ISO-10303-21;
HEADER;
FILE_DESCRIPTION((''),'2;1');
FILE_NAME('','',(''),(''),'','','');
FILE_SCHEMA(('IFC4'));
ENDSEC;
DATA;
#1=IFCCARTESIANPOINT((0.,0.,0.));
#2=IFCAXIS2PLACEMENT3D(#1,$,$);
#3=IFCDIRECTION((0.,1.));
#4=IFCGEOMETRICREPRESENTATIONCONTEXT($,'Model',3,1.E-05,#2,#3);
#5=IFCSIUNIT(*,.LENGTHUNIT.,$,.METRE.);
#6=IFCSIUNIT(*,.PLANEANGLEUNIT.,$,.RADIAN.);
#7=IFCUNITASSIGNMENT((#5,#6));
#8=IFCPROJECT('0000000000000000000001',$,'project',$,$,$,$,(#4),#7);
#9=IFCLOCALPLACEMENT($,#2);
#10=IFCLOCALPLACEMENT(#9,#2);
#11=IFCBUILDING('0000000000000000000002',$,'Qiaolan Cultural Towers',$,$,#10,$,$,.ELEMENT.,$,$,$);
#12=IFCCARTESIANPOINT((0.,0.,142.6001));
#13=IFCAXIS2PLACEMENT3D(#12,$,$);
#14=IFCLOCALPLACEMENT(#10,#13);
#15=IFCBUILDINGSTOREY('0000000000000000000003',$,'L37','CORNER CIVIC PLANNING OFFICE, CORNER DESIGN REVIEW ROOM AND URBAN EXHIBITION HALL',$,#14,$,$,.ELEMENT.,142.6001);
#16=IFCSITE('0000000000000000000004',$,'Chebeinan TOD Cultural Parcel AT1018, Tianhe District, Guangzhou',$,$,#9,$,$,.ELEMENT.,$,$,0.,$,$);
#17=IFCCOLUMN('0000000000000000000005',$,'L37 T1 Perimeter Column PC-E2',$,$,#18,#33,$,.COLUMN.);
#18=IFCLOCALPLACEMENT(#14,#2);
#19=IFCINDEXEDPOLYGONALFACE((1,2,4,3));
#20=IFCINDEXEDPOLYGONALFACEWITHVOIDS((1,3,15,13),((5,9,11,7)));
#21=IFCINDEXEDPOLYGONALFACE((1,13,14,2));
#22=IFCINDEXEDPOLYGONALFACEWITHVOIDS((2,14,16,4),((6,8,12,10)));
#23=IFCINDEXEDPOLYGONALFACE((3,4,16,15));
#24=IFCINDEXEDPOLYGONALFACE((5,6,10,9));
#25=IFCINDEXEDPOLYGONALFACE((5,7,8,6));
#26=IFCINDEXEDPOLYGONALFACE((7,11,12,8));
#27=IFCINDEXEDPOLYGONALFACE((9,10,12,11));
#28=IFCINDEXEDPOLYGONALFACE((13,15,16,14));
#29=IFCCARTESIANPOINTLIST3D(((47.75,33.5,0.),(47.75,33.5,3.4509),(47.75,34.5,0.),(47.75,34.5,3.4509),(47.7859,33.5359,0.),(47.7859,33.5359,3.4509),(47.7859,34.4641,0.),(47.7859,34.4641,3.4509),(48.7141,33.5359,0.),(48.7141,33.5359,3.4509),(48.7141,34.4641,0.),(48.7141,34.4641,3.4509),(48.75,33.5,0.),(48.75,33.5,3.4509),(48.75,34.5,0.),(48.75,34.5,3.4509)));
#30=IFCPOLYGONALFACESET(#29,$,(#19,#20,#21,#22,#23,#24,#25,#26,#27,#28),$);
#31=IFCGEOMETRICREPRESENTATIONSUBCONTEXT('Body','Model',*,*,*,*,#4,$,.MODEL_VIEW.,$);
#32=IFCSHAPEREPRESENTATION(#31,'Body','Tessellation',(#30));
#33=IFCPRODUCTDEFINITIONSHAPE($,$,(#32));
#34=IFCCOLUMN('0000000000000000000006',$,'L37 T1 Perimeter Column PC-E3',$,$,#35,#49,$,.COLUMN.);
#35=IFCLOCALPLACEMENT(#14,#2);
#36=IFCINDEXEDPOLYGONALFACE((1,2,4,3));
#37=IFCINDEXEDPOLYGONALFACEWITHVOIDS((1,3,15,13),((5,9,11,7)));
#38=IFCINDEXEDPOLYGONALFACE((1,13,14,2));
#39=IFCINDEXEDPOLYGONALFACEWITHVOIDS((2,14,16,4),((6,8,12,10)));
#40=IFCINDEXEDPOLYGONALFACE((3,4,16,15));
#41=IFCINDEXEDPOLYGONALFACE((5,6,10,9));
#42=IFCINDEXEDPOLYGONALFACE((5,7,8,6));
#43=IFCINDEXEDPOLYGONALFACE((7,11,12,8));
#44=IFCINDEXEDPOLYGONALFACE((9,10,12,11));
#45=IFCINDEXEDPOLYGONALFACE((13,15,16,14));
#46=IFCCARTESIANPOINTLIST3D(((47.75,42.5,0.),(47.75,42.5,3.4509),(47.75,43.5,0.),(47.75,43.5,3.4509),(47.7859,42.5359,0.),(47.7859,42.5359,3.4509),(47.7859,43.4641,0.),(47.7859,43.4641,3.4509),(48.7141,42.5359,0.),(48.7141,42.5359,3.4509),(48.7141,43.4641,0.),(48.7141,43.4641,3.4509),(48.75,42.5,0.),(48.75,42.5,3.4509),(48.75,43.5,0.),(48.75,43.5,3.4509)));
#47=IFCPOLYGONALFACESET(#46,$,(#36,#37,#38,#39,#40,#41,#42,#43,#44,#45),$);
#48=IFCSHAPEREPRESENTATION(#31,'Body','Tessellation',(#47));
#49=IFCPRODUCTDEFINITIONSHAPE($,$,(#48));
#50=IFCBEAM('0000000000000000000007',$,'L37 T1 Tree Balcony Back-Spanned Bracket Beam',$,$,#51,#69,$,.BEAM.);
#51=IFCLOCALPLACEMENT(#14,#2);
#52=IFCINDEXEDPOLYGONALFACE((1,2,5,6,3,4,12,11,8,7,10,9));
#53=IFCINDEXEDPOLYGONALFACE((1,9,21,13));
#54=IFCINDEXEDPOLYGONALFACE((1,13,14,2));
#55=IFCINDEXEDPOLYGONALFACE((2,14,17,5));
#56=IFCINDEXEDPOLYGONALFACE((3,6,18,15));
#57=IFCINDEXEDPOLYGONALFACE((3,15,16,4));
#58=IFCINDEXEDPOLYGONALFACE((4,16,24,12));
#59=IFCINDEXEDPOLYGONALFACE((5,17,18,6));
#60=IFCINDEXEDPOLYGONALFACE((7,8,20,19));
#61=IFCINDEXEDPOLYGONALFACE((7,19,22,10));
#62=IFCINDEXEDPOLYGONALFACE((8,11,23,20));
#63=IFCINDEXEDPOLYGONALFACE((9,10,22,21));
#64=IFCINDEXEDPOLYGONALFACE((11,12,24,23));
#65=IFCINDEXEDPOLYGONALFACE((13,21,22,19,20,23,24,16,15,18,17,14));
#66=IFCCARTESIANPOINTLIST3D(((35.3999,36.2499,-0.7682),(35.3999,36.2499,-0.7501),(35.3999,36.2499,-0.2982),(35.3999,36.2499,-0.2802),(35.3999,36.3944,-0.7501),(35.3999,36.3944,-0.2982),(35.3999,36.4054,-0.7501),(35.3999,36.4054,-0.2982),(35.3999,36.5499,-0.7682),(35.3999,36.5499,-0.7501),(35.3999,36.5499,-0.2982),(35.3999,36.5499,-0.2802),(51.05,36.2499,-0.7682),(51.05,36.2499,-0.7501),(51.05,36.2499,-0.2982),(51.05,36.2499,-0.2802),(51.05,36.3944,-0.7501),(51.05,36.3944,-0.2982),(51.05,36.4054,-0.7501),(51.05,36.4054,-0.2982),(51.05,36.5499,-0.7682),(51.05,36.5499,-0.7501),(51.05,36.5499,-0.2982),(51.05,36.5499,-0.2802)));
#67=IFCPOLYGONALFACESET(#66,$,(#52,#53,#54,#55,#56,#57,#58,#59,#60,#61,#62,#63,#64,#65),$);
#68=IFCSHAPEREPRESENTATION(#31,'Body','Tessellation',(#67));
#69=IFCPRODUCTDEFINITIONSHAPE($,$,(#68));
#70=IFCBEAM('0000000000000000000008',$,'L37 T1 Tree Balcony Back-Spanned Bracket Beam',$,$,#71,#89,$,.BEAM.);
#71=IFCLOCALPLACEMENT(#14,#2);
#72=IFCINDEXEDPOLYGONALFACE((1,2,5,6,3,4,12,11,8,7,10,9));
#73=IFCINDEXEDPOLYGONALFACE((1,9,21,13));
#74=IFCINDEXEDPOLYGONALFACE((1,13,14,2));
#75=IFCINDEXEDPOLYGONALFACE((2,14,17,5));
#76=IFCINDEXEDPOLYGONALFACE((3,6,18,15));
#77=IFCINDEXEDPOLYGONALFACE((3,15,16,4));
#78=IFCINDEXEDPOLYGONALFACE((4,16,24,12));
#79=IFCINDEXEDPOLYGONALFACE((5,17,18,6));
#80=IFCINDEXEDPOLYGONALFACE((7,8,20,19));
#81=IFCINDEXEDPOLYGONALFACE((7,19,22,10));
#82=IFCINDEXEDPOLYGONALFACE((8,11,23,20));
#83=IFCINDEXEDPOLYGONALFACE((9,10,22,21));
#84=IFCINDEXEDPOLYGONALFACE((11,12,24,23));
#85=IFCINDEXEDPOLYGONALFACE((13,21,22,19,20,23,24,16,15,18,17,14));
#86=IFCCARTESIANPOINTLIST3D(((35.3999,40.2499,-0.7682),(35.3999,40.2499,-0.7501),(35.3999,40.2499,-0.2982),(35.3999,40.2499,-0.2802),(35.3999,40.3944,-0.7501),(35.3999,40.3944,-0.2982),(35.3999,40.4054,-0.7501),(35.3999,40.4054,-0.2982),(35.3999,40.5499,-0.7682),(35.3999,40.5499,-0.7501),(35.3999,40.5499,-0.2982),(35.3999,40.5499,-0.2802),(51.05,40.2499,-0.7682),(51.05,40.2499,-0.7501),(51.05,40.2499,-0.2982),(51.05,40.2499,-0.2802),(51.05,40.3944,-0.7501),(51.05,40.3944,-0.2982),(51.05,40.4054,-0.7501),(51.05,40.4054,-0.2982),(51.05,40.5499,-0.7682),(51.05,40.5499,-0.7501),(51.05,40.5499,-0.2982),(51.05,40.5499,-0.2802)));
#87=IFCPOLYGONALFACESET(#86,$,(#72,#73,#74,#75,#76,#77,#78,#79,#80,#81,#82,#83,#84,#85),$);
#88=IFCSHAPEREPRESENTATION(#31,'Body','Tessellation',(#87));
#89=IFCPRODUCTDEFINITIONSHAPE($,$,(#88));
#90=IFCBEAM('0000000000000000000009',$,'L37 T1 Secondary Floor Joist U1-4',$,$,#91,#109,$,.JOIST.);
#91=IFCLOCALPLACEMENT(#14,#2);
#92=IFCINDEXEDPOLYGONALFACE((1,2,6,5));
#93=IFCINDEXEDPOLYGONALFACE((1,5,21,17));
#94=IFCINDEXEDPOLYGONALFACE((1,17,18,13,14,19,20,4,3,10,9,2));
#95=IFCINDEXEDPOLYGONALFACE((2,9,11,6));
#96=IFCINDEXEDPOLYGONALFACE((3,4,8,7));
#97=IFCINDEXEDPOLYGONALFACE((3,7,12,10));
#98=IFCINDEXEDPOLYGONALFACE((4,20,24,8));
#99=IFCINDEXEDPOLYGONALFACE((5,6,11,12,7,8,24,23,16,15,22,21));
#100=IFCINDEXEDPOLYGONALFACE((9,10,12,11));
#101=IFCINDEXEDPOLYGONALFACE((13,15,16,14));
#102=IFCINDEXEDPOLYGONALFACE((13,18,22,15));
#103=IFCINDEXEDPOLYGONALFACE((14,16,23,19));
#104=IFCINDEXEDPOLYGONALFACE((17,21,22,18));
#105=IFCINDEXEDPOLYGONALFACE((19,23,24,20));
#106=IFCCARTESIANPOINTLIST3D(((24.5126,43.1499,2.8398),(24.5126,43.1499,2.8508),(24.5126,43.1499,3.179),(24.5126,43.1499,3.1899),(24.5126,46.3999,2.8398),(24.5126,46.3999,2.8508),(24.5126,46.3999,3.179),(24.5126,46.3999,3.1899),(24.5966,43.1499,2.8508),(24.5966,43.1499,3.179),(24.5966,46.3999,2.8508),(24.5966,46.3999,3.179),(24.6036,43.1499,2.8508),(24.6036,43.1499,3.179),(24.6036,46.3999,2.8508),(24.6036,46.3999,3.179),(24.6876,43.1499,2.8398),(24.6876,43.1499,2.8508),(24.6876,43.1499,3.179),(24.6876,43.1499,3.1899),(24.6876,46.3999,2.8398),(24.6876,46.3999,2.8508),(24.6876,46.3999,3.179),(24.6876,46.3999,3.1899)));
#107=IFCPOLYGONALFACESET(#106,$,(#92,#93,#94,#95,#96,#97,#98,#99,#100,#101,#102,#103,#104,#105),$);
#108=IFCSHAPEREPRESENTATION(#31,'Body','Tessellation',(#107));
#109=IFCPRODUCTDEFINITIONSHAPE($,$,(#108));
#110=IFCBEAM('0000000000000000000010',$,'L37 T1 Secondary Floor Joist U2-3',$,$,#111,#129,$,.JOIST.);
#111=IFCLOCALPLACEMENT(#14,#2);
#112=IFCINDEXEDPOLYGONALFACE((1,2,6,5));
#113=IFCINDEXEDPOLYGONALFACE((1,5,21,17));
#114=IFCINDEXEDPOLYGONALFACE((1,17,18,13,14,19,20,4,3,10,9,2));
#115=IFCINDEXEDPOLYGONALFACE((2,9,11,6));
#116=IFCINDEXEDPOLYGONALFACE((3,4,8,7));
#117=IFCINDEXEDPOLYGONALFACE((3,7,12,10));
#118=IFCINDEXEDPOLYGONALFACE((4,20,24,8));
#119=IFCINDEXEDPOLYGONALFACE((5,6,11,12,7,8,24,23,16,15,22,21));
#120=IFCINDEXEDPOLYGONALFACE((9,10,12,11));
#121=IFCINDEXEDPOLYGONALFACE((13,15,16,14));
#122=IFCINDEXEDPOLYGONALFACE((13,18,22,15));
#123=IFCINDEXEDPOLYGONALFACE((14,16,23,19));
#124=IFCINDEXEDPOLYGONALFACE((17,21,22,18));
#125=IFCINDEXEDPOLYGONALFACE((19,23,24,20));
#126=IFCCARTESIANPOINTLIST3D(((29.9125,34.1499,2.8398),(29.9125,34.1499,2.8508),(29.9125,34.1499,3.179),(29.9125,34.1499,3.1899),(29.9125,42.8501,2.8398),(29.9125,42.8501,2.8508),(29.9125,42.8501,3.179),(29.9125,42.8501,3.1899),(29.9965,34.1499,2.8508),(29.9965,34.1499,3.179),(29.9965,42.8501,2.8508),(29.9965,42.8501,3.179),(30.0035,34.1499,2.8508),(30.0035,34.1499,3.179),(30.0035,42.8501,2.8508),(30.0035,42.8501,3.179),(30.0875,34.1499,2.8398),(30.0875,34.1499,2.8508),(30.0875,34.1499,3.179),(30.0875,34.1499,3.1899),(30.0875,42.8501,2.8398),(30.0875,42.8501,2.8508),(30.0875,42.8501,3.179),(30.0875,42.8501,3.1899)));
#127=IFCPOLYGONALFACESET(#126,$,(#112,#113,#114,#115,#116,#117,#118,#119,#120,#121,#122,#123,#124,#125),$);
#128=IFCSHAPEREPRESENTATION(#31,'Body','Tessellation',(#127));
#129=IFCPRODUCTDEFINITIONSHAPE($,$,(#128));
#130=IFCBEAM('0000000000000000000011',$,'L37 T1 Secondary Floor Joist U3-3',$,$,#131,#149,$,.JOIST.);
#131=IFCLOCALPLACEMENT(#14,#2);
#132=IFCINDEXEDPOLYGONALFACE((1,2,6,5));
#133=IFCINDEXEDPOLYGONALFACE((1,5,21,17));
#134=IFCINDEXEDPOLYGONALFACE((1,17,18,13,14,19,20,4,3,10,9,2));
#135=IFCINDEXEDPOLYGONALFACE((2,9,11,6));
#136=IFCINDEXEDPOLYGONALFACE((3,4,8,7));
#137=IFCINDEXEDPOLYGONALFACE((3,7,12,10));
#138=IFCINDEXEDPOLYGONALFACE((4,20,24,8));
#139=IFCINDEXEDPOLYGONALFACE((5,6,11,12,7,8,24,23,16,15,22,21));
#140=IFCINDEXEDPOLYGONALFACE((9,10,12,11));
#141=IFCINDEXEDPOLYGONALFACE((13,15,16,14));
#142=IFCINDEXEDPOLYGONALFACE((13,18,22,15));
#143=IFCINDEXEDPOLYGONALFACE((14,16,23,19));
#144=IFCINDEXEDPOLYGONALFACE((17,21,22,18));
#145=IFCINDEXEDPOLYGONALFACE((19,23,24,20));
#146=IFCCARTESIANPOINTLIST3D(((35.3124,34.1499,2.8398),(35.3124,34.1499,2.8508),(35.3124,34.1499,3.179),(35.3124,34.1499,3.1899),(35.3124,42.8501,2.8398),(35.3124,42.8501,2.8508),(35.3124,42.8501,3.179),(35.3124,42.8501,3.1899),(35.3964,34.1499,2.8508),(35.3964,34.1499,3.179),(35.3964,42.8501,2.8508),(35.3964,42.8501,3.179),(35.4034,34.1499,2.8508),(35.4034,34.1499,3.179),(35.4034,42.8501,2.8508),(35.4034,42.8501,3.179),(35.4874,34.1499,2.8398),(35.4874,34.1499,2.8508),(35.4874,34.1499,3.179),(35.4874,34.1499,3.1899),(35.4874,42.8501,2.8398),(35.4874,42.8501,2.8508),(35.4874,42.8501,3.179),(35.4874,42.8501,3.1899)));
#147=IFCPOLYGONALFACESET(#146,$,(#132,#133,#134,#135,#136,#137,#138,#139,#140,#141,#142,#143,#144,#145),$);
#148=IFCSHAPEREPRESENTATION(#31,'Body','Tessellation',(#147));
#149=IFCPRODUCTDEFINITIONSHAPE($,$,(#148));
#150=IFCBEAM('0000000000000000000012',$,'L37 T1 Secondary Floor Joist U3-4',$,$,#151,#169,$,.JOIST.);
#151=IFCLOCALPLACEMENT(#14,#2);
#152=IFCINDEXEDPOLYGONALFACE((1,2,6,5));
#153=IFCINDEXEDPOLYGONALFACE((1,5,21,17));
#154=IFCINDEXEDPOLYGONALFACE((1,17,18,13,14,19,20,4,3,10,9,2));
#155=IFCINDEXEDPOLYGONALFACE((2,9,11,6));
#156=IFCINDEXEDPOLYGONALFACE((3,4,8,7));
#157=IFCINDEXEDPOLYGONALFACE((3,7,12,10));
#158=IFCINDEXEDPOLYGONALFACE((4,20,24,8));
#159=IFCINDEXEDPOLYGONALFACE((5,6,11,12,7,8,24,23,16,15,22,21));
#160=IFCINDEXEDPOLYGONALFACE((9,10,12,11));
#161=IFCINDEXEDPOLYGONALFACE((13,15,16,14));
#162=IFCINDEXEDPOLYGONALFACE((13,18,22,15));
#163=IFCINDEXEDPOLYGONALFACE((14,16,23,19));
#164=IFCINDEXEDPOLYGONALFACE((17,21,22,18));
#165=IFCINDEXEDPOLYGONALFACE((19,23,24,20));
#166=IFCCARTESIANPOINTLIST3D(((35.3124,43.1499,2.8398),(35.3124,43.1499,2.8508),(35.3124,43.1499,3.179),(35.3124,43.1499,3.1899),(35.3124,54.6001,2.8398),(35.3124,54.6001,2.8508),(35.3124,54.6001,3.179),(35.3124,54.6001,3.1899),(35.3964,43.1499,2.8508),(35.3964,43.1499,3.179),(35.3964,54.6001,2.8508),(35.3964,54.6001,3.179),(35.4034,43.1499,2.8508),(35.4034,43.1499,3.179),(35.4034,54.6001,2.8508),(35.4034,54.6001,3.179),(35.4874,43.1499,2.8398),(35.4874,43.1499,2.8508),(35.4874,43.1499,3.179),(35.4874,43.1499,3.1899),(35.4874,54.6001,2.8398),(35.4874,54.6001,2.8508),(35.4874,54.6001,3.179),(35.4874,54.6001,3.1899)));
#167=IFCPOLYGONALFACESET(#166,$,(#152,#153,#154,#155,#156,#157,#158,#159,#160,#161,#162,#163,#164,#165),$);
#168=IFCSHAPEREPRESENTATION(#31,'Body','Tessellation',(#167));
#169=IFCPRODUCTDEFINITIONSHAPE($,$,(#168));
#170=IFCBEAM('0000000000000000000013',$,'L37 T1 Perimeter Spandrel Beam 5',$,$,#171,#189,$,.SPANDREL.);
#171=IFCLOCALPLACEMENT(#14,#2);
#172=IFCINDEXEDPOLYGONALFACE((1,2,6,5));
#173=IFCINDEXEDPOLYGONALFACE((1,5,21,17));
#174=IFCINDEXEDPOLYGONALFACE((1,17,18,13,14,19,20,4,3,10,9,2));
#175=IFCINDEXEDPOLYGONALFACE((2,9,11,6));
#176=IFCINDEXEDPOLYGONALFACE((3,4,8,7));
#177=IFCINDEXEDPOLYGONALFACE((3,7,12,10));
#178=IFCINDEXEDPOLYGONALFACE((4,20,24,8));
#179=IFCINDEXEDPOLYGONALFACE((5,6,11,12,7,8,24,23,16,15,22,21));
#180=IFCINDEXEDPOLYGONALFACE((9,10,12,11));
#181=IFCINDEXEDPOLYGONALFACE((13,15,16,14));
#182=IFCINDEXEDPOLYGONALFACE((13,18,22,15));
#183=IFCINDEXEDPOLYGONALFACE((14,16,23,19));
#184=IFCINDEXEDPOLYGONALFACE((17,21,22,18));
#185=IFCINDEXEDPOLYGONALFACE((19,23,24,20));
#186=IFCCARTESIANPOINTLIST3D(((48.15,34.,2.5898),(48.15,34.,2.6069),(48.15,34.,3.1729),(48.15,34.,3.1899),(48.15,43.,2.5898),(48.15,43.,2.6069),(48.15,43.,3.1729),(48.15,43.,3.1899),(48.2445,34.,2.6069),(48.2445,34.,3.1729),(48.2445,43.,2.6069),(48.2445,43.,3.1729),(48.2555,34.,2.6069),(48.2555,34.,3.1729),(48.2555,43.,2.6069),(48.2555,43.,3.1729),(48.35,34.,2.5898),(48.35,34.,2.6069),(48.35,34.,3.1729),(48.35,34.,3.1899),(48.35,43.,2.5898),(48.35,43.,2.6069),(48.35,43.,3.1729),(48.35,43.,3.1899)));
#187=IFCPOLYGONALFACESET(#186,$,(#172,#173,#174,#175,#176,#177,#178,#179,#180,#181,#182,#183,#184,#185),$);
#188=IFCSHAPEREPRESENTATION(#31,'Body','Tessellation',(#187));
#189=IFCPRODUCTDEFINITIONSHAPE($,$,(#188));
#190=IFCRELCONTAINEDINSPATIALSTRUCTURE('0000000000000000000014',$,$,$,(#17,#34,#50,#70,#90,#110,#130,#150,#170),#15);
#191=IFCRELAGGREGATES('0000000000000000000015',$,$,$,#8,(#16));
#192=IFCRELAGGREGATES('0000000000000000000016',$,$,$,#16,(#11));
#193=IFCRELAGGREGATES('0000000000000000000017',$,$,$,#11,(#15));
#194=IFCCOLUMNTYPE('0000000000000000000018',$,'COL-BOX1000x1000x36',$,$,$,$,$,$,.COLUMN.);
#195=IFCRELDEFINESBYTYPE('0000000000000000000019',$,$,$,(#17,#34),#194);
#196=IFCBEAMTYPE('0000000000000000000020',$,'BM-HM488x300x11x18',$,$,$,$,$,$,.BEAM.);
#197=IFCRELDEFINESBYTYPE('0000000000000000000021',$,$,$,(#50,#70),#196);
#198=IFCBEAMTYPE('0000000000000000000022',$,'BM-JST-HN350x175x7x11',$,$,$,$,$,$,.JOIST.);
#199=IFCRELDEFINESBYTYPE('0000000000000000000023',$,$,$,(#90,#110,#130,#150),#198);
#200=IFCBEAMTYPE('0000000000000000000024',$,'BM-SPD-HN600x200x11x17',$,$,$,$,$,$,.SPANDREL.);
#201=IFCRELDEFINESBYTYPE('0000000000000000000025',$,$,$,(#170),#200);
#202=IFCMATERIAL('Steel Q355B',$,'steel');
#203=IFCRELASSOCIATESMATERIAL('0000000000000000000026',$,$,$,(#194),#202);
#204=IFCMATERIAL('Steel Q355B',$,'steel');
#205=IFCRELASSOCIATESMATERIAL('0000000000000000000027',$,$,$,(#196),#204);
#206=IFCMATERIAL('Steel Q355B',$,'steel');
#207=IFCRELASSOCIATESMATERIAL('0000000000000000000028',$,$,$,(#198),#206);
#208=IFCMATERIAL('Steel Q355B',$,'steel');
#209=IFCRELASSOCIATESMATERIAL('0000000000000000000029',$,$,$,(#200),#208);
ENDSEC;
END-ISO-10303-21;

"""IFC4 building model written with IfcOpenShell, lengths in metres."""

from ifc_helpers import new_model, si_unit, direction, frame, origin, origin_2d, place, context, subcontext, project, spatial, hollow_rectangle, i_section, extrude, material, material_profile, profile_set, type_object, element, save


model = new_model("IFC4")

# Units and contexts
model_context = context("Model", 3, precision=1e-05, world=origin(), true_north=direction((0.0, 1.0)))
body_context = subcontext(model_context, "Body", "Model", "MODEL_VIEW")
ifc_project = project(units=[si_unit("LENGTHUNIT", "METRE"), si_unit("PLANEANGLEUNIT", "RADIAN")], contexts=[model_context])

# Site, building, storey
site_placement = place(None, origin())
site = spatial("IfcSite", under=ifc_project, at=site_placement, Name="Chebeinan TOD Cultural Parcel AT1018, Tianhe District, Guangzhou", CompositionType="ELEMENT", RefElevation=0.0)
building_placement = place(site_placement, origin())
building = spatial("IfcBuilding", under=site, at=building_placement, Name="Qiaolan Cultural Towers", CompositionType="ELEMENT")
storey_placement = place(building_placement, frame((0.0, 0.0, 142.6001)))
storey = spatial("IfcBuildingStorey", under=building, at=storey_placement, Name="L37", Description="CORNER CIVIC PLANNING OFFICE, CORNER DESIGN REVIEW ROOM AND URBAN EXHIBITION HALL", CompositionType="ELEMENT", Elevation=142.6001)

# Columns
ifc_material_1 = material(Name="Steel Q355B", Category="steel")
ifc_material_profile_1 = material_profile(ifc_material_1, hollow_rectangle(XDim=1.0, YDim=1.0, WallThickness=0.0359, at=origin_2d()), Name="BOX1000x1000x36")
ifc_profile_set_1 = profile_set([ifc_material_profile_1], Name="Steel Q355B")
column_type = type_object("IfcColumnType", Name="COL-BOX1000x1000x36", PredefinedType="COLUMN", material=ifc_profile_set_1)
for number, where, z_axis, x_axis, name in (
    (1, (48.25, 34.0, 0.0), (0.0, 0.0, 1.0), (1.0, 0.0, 0.0), "L37 T1 Perimeter Column PC-E2"),
    (2, (48.25, 43.0, 0.0), (0.0, 0.0, 1.0), (1.0, 0.0, 0.0), "L37 T1 Perimeter Column PC-E3"),
):
    element("IfcColumn", number, at=place(storey_placement, frame(where, z_axis=z_axis, x_axis=x_axis)), inside=storey, type_object=column_type, Name=name, PredefinedType="COLUMN", context=body_context, shape_type="SweptSolid", body=[
        extrude(hollow_rectangle(XDim=1.0, YDim=1.0, WallThickness=0.0359, at=origin_2d()), origin(), (0.0, 0.0, 1.0), 3.4509),
    ])

# Beams
ifc_material_2 = material(Name="Steel Q355B", Category="steel")
ifc_material_profile_2 = material_profile(ifc_material_2, i_section(OverallWidth=0.3, OverallDepth=0.488, WebThickness=0.011, FlangeThickness=0.0181, at=origin_2d()), Name="HM488x300x11x18")
ifc_profile_set_2 = profile_set([ifc_material_profile_2], Name="Steel Q355B")
beam_type_1 = type_object("IfcBeamType", Name="BM-HM488x300x11x18", PredefinedType="BEAM", material=ifc_profile_set_2)
for number, where, z_axis, x_axis, name in (
    (3, (35.3999, 36.3999, -0.5242), (1.0, 0.0, 0.0), (0.0, 1.0, 0.0), "L37 T1 Tree Balcony Back-Spanned Bracket Beam"),
    (4, (35.3999, 40.3999, -0.5242), (1.0, 0.0, 0.0), (0.0, 1.0, 0.0), "L37 T1 Tree Balcony Back-Spanned Bracket Beam"),
):
    element("IfcBeam", number, at=place(storey_placement, frame(where, z_axis=z_axis, x_axis=x_axis)), inside=storey, type_object=beam_type_1, Name=name, PredefinedType="BEAM", context=body_context, shape_type="SweptSolid", body=[
        extrude(i_section(OverallWidth=0.3, OverallDepth=0.488, WebThickness=0.011, FlangeThickness=0.0181, at=origin_2d()), origin(), (0.0, 0.0, 1.0), 15.6501),
    ])
ifc_material_3 = material(Name="Steel Q355B", Category="steel")
ifc_material_profile_3 = material_profile(ifc_material_3, i_section(OverallWidth=0.175, OverallDepth=0.3501, WebThickness=0.0071, FlangeThickness=0.011, at=origin_2d()), Name="HN350x175x7x11")
ifc_profile_set_3 = profile_set([ifc_material_profile_3], Name="Steel Q355B")
beam_type_2 = type_object("IfcBeamType", Name="BM-JST-HN350x175x7x11", PredefinedType="JOIST", material=ifc_profile_set_3)
beam_1_placement = place(storey_placement, frame((24.6001, 43.1499, 3.0149), z_axis=(0.0, 1.0, 0.0), x_axis=(-1.0, 0.0, 0.0)))
element("IfcBeam", 5, at=beam_1_placement, inside=storey, type_object=beam_type_2, Name="L37 T1 Secondary Floor Joist U1-4", PredefinedType="JOIST", context=body_context, shape_type="SweptSolid", body=[
    extrude(i_section(OverallWidth=0.175, OverallDepth=0.3501, WebThickness=0.0071, FlangeThickness=0.011, at=origin_2d()), origin(), (0.0, 0.0, 1.0), 3.25),
])
for number, where, z_axis, x_axis, name in (
    (6, (30.0, 34.1499, 3.0149), (0.0, 1.0, 0.0), (-1.0, 0.0, 0.0), "L37 T1 Secondary Floor Joist U2-3"),
    (7, (35.3999, 34.1499, 3.0149), (0.0, 1.0, 0.0), (-1.0, 0.0, 0.0), "L37 T1 Secondary Floor Joist U3-3"),
):
    element("IfcBeam", number, at=place(storey_placement, frame(where, z_axis=z_axis, x_axis=x_axis)), inside=storey, type_object=beam_type_2, Name=name, PredefinedType="JOIST", context=body_context, shape_type="SweptSolid", body=[
        extrude(i_section(OverallWidth=0.175, OverallDepth=0.3501, WebThickness=0.0071, FlangeThickness=0.011, at=origin_2d()), origin(), (0.0, 0.0, 1.0), 8.7002),
    ])
beam_2_placement = place(storey_placement, frame((35.3999, 43.1499, 3.0149), z_axis=(0.0, 1.0, 0.0), x_axis=(-1.0, 0.0, 0.0)))
element("IfcBeam", 8, at=beam_2_placement, inside=storey, type_object=beam_type_2, Name="L37 T1 Secondary Floor Joist U3-4", PredefinedType="JOIST", context=body_context, shape_type="SweptSolid", body=[
    extrude(i_section(OverallWidth=0.175, OverallDepth=0.3501, WebThickness=0.0071, FlangeThickness=0.011, at=origin_2d()), origin(), (0.0, 0.0, 1.0), 11.4502),
])
ifc_material_4 = material(Name="Steel Q355B", Category="steel")
ifc_material_profile_4 = material_profile(ifc_material_4, i_section(OverallWidth=0.2, OverallDepth=0.6001, WebThickness=0.011, FlangeThickness=0.0171, at=origin_2d()), Name="HN600x200x11x17")
ifc_profile_set_4 = profile_set([ifc_material_profile_4], Name="Steel Q355B")
beam_type_3 = type_object("IfcBeamType", Name="BM-SPD-HN600x200x11x17", PredefinedType="SPANDREL", material=ifc_profile_set_4)
beam_3_placement = place(storey_placement, frame((48.25, 34.0, 2.8899), z_axis=(0.0, 1.0, 0.0), x_axis=(-1.0, 0.0, 0.0)))
element("IfcBeam", 9, at=beam_3_placement, inside=storey, type_object=beam_type_3, Name="L37 T1 Perimeter Spandrel Beam 5", PredefinedType="SPANDREL", context=body_context, shape_type="SweptSolid", body=[
    extrude(i_section(OverallWidth=0.2, OverallDepth=0.6001, WebThickness=0.011, FlangeThickness=0.0171, at=origin_2d()), origin(), (0.0, 0.0, 1.0), 9.0),
])

save(model, "model.ifc")
